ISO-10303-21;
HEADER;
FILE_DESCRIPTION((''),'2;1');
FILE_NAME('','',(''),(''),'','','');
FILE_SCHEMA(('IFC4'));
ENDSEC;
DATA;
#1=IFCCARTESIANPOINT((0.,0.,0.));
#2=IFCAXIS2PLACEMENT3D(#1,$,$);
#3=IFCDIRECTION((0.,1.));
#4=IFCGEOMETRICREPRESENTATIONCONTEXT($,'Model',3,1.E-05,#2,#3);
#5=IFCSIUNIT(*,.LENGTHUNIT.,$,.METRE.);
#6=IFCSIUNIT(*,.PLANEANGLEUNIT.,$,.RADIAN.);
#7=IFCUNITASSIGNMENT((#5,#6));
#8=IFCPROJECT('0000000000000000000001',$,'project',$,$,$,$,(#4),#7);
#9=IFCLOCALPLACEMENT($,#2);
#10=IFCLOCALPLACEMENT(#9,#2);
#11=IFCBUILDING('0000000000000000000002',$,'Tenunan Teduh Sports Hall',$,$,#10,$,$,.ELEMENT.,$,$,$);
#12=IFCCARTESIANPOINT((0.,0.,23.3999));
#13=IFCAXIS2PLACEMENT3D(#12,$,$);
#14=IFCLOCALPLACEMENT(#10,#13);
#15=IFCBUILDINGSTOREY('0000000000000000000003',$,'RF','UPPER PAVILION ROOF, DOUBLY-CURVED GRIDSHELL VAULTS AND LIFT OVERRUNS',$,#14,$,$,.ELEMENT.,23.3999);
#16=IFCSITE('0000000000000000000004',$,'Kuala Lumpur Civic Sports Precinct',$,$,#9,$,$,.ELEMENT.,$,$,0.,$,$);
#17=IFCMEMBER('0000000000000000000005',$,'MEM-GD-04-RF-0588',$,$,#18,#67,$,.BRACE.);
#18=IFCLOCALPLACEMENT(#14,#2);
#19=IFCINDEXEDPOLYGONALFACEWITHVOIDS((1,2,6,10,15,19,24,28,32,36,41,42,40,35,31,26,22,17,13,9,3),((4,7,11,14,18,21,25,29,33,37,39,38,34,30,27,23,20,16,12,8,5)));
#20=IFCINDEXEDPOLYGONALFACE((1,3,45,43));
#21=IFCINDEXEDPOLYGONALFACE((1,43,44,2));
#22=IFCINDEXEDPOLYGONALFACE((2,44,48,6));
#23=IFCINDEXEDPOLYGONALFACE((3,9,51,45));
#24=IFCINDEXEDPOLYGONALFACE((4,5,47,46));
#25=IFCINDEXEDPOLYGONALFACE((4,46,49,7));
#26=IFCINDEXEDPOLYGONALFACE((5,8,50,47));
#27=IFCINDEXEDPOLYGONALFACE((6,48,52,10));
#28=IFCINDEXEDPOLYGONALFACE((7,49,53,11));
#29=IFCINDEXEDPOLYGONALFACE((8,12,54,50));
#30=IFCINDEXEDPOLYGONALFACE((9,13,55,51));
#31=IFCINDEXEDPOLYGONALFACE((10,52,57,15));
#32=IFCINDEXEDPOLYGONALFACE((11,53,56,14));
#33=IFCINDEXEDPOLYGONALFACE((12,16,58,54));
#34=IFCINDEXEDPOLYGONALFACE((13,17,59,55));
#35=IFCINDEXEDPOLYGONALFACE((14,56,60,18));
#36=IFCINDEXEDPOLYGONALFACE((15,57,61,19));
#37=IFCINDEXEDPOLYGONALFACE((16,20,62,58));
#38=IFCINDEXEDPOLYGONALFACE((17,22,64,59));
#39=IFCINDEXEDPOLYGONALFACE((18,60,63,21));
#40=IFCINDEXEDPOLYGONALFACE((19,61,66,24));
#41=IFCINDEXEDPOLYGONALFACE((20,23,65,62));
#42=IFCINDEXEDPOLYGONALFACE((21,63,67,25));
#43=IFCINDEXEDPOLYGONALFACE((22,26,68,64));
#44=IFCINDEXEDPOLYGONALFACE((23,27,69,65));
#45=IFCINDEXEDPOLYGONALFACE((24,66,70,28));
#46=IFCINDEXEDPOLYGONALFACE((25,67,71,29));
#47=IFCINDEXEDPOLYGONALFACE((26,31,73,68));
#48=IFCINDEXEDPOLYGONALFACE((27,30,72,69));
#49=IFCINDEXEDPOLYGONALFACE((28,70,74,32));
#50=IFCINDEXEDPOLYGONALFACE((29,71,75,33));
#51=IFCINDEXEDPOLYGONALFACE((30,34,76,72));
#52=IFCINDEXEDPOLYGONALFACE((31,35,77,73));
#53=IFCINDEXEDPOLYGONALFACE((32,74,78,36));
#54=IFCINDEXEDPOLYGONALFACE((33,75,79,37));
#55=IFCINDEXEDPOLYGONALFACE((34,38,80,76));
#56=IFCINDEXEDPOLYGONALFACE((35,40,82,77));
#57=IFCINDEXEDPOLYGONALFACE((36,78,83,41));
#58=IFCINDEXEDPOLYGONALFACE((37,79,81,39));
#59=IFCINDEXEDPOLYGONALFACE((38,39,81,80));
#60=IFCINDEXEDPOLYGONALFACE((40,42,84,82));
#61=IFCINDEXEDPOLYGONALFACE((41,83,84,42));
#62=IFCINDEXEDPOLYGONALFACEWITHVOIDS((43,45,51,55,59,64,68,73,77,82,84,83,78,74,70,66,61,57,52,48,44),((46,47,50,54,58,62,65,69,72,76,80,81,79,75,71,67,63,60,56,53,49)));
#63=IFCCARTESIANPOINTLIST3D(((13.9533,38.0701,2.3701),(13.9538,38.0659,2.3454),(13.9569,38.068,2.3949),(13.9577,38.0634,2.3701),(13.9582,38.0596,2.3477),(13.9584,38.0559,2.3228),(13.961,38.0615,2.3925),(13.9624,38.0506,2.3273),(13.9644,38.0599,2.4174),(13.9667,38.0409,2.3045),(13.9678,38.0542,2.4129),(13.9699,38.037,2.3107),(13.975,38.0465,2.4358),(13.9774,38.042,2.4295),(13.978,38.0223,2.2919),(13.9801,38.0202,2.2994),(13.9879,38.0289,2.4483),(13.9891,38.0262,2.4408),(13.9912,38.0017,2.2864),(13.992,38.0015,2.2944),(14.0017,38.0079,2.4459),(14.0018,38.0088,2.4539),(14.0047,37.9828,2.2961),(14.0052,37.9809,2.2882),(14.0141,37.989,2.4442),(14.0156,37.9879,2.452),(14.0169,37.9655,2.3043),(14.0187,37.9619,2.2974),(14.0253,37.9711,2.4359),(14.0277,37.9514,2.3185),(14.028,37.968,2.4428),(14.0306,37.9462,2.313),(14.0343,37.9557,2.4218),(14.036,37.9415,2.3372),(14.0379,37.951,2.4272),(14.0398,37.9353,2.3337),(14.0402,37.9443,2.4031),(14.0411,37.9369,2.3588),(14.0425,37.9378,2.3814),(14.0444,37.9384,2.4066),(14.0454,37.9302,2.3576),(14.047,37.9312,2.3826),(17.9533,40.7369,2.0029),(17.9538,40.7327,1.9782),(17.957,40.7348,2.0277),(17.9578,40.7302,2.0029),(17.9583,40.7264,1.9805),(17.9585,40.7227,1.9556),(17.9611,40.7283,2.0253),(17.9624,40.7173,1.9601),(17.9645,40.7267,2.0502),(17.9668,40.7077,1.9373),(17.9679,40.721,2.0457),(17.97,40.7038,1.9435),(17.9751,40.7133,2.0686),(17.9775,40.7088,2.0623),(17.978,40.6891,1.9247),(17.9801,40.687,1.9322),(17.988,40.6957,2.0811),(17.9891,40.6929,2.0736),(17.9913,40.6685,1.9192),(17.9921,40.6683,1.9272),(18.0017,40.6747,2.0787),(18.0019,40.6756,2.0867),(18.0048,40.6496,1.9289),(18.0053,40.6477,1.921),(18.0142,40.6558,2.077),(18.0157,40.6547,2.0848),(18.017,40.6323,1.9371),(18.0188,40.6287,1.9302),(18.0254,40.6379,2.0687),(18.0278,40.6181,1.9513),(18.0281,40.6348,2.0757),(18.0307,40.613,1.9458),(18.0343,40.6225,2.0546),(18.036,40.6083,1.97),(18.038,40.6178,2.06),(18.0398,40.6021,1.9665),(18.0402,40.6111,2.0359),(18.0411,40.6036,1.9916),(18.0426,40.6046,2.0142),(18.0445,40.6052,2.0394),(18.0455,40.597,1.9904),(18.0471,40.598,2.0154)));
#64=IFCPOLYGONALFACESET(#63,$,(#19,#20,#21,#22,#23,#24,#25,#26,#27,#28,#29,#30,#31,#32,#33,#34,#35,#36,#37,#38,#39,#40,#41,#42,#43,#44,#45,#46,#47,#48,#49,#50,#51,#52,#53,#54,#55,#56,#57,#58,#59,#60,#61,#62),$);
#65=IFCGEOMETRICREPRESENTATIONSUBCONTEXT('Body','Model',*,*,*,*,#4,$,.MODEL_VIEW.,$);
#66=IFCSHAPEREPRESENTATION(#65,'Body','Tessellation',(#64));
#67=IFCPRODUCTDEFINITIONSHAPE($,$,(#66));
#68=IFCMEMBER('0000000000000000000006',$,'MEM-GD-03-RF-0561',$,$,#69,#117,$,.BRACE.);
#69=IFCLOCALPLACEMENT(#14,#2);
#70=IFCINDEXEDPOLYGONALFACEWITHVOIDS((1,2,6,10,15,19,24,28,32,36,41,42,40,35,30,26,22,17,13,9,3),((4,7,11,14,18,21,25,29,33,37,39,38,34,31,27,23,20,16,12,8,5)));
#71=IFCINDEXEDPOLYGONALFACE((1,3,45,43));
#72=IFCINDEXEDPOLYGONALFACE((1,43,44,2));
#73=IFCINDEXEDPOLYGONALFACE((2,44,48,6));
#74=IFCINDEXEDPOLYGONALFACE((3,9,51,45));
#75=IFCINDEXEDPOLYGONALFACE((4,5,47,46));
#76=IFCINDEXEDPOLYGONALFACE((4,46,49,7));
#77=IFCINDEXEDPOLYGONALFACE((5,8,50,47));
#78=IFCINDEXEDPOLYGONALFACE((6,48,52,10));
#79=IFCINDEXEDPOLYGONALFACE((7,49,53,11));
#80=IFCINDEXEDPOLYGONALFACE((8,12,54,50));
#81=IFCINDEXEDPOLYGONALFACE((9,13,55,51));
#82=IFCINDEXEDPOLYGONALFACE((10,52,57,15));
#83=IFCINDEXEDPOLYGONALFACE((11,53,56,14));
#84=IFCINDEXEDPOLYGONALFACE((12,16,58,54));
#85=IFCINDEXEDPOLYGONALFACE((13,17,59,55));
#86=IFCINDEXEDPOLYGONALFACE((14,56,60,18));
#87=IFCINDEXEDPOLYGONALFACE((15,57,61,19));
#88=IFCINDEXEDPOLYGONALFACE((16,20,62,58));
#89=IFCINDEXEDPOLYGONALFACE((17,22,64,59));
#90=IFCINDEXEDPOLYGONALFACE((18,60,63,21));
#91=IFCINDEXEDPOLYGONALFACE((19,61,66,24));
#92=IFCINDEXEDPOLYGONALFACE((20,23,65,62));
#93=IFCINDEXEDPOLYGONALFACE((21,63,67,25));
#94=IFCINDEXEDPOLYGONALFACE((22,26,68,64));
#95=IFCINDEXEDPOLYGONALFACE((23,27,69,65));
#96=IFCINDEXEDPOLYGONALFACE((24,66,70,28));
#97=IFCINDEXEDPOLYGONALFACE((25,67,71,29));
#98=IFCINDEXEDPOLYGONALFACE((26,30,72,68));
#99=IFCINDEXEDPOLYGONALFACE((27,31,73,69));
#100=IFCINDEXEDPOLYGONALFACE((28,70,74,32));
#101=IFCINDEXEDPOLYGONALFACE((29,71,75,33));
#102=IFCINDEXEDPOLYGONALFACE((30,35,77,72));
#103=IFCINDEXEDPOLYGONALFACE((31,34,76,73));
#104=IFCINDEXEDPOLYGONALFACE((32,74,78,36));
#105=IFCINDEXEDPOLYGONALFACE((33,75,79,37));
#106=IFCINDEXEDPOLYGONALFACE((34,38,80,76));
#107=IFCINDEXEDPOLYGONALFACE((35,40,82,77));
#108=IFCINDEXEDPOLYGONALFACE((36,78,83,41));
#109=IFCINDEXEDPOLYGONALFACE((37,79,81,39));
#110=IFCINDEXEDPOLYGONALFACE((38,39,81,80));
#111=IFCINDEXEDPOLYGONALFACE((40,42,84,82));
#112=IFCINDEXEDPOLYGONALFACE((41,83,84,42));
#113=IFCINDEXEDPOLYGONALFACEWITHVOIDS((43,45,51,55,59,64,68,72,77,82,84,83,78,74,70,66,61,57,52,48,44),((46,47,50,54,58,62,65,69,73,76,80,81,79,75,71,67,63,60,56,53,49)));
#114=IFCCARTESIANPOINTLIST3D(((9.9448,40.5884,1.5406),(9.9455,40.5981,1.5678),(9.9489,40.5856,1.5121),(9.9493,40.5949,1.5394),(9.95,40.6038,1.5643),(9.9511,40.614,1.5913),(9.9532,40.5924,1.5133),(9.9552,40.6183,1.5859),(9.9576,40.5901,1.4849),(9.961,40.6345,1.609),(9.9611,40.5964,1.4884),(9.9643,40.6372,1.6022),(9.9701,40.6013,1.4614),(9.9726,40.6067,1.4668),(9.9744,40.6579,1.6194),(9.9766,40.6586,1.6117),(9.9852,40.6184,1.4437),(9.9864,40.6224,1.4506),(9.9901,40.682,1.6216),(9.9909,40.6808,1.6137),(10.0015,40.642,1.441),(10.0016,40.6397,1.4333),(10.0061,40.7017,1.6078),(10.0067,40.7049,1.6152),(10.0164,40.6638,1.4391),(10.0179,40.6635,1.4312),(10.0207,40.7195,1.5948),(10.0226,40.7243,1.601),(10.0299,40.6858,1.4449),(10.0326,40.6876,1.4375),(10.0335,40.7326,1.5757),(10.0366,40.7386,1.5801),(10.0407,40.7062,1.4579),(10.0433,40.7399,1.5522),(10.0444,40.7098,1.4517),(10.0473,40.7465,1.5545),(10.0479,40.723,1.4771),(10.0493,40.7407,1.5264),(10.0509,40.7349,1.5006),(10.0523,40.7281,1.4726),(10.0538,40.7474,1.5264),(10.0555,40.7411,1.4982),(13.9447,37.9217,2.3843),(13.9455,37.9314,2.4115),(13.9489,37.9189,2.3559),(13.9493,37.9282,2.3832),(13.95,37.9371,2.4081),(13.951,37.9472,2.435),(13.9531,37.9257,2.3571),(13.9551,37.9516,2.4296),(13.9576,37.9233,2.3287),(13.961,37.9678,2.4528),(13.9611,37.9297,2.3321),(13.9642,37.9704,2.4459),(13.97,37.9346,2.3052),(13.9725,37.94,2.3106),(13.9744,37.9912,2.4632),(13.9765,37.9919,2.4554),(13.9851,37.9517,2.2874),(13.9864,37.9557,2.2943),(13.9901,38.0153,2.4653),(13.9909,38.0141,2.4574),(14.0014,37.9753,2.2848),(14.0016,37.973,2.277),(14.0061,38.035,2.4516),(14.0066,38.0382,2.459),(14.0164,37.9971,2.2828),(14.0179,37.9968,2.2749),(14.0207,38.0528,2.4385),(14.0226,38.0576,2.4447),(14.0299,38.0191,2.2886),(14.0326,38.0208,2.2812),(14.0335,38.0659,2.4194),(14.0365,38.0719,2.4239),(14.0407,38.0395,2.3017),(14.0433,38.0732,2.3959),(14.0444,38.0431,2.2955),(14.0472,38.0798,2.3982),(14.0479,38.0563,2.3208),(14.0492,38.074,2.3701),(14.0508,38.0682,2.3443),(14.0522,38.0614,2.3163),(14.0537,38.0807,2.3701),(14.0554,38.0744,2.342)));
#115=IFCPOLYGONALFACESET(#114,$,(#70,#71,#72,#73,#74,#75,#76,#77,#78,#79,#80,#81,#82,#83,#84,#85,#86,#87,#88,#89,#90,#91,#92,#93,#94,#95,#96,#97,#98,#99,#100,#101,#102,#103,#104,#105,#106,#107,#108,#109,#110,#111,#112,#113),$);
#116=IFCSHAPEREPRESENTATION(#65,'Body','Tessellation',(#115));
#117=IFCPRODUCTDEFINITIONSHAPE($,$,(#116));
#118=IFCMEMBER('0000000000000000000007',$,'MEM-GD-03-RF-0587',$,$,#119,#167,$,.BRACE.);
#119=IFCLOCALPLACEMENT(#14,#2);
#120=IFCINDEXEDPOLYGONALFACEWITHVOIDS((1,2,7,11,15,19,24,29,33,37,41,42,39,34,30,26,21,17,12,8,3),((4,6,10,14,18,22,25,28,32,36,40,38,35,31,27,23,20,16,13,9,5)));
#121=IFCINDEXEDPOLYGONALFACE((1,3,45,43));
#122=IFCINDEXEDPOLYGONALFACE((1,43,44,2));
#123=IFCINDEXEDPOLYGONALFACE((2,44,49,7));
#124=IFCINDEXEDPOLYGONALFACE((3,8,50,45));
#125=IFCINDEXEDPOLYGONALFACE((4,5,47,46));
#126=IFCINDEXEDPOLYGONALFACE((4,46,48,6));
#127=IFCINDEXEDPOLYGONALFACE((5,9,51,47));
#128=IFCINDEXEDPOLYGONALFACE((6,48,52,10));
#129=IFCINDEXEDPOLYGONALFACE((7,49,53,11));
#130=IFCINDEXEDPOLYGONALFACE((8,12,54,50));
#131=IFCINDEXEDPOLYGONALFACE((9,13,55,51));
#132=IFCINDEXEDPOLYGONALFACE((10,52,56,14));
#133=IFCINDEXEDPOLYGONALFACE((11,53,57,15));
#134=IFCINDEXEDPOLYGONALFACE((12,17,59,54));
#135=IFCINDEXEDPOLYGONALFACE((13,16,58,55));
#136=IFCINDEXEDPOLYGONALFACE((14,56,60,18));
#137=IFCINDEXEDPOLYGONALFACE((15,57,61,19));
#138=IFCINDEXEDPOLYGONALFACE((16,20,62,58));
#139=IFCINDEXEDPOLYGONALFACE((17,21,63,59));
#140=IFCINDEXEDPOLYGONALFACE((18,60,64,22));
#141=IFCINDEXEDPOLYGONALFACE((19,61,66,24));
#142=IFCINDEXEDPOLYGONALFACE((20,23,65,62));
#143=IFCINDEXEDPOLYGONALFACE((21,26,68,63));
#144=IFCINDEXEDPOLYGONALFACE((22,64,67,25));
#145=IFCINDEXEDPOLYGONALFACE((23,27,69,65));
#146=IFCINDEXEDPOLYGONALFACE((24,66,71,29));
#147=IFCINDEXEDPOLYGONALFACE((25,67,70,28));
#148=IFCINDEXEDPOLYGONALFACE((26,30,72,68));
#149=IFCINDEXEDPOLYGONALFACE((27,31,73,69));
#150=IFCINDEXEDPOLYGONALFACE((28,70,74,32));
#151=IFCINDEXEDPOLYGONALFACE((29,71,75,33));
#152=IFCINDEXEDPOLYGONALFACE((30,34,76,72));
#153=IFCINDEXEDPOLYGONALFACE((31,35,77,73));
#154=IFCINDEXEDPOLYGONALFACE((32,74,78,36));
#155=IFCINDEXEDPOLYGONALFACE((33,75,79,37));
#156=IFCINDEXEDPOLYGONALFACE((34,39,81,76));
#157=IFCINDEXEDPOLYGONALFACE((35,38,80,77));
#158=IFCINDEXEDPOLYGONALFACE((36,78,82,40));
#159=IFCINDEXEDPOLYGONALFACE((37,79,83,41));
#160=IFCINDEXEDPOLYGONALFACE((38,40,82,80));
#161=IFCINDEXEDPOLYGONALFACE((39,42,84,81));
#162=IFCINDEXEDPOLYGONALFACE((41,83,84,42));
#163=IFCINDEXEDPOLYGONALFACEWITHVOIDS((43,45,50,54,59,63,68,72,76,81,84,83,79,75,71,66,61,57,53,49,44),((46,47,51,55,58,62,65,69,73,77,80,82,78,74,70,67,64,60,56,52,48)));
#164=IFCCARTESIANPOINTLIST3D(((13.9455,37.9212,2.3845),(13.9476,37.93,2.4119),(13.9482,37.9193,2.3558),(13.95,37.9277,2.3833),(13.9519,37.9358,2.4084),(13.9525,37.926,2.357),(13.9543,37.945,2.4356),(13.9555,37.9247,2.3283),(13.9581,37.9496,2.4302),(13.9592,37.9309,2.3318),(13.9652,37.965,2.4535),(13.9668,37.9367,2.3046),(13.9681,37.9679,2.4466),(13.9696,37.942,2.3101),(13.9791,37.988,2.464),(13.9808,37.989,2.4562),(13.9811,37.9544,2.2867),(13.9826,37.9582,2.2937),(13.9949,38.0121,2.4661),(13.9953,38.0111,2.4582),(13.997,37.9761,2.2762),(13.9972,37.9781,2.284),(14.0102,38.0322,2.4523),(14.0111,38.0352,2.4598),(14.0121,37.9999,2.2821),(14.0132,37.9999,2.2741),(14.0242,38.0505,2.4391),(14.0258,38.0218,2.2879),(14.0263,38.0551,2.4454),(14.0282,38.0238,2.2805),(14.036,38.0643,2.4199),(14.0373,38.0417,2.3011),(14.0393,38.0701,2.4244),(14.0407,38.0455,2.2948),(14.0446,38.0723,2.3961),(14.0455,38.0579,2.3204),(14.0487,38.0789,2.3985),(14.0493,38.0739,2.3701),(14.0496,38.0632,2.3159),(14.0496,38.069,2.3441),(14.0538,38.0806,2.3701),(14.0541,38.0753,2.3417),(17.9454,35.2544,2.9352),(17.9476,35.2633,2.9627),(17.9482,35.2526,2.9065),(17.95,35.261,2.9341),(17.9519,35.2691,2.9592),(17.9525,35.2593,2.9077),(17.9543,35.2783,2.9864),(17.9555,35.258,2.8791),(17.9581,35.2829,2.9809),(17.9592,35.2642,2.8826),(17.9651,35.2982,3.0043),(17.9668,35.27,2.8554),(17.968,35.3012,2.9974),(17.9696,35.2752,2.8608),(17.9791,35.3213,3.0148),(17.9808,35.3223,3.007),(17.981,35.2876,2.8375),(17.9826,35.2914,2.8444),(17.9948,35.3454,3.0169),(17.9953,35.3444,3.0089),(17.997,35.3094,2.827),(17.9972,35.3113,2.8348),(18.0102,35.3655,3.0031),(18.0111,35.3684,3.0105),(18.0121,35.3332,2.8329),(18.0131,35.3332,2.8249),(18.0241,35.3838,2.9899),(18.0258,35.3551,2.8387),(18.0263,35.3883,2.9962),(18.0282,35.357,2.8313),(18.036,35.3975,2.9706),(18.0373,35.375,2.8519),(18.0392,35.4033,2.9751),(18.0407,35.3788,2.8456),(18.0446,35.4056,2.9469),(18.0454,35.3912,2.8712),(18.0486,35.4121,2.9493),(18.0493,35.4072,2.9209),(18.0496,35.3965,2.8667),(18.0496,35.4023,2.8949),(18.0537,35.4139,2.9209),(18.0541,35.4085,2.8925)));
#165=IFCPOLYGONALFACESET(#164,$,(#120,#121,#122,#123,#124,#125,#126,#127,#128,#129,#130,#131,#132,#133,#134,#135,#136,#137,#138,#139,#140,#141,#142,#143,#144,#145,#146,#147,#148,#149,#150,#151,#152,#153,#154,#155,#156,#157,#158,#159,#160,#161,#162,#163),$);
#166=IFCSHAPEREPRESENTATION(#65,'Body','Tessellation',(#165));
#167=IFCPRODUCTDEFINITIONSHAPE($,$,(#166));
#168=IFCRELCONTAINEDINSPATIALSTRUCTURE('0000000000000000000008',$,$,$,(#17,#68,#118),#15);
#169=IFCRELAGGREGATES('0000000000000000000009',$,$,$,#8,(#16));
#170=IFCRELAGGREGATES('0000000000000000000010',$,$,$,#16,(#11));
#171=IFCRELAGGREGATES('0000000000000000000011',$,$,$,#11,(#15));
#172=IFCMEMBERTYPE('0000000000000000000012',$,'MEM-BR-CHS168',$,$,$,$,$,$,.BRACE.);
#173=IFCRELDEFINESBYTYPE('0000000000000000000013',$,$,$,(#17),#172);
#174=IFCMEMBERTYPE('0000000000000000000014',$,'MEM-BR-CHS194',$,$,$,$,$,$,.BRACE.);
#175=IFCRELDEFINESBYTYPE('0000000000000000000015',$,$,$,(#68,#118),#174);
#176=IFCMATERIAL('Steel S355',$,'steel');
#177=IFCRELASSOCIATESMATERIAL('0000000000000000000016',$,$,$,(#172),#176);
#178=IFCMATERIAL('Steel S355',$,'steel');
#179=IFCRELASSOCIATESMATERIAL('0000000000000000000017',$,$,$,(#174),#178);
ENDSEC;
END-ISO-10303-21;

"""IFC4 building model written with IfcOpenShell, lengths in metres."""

from ifc_helpers import new_model, si_unit, direction, frame, origin, origin_2d, place, context, subcontext, project, spatial, hollow_circle, extrude, material, material_profile, profile_set, type_object, element, save


model = new_model("IFC4")

# Units and contexts
model_context = context("Model", 3, precision=1e-05, world=origin(), true_north=direction((0.0, 1.0)))
body_context = subcontext(model_context, "Body", "Model", "MODEL_VIEW")
ifc_project = project(units=[si_unit("LENGTHUNIT", "METRE"), si_unit("PLANEANGLEUNIT", "RADIAN")], contexts=[model_context])

# Site, building, storey
site_placement = place(None, origin())
site = spatial("IfcSite", under=ifc_project, at=site_placement, Name="Kuala Lumpur Civic Sports Precinct", CompositionType="ELEMENT", RefElevation=0.0)
building_placement = place(site_placement, origin())
building = spatial("IfcBuilding", under=site, at=building_placement, Name="Tenunan Teduh Sports Hall", CompositionType="ELEMENT")
storey_placement = place(building_placement, frame((0.0, 0.0, 23.3999)))
storey = spatial("IfcBuildingStorey", under=building, at=storey_placement, Name="RF", Description="UPPER PAVILION ROOF, DOUBLY-CURVED GRIDSHELL VAULTS AND LIFT OVERRUNS", CompositionType="ELEMENT", Elevation=23.3999)

# Members
ifc_material_1 = material(Name="Steel S355", Category="steel")
ifc_material_profile_1 = material_profile(ifc_material_1, hollow_circle(Radius=0.0842, WallThickness=0.0081, at=origin_2d()), Name="CHS 168.3x8.0")
ifc_profile_set_1 = profile_set([ifc_material_profile_1], Name="Steel S355")
member_type_1 = type_object("IfcMemberType", Name="MEM-BR-CHS168", PredefinedType="BRACE", material=ifc_profile_set_1)
member_1_placement = place(storey_placement, frame((14.0, 38.0, 2.3701), z_axis=(0.829626, 0.553101, -0.076157), x_axis=(-0.554712, 0.832042, 0.0)))
element("IfcMember", 1, at=member_1_placement, inside=storey, type_object=member_type_1, Name="MEM-GD-04-RF-0588", PredefinedType="BRACE", context=body_context, shape_type="SweptSolid", body=[
    extrude(hollow_circle(Radius=0.0842, WallThickness=0.0081, at=origin_2d()), origin(), (0.0, 0.0, 1.0), 4.8215),
])
ifc_material_2 = material(Name="Steel S355", Category="steel")
ifc_material_profile_2 = material_profile(ifc_material_2, hollow_circle(Radius=0.0969, WallThickness=0.0081, at=origin_2d()), Name="CHS 193.7x8.0")
ifc_profile_set_2 = profile_set([ifc_material_profile_2], Name="Steel S355")
member_type_2 = type_object("IfcMemberType", Name="MEM-BR-CHS194", PredefinedType="BRACE", material=ifc_profile_set_2)
member_2_placement = place(storey_placement, frame((10.0, 40.6667, 1.5264), z_axis=(0.819516, -0.546361, 0.172867), x_axis=(0.554712, 0.832042, 0.0)))
element("IfcMember", 2, at=member_2_placement, inside=storey, type_object=member_type_2, Name="MEM-GD-03-RF-0561", PredefinedType="BRACE", context=body_context, shape_type="SweptSolid", body=[
    extrude(hollow_circle(Radius=0.0969, WallThickness=0.0081, at=origin_2d()), origin(), (0.0, 0.0, 1.0), 4.8809),
])
member_3_placement = place(storey_placement, frame((14.0, 38.0, 2.3701), z_axis=(0.826635, -0.551107, 0.113824), x_axis=(0.554712, 0.832042, 0.0)))
element("IfcMember", 3, at=member_3_placement, inside=storey, type_object=member_type_2, Name="MEM-GD-03-RF-0587", PredefinedType="BRACE", context=body_context, shape_type="SweptSolid", body=[
    extrude(hollow_circle(Radius=0.0969, WallThickness=0.0081, at=origin_2d()), origin(), (0.0, 0.0, 1.0), 4.8389),
])

save(model, "model.ifc")
